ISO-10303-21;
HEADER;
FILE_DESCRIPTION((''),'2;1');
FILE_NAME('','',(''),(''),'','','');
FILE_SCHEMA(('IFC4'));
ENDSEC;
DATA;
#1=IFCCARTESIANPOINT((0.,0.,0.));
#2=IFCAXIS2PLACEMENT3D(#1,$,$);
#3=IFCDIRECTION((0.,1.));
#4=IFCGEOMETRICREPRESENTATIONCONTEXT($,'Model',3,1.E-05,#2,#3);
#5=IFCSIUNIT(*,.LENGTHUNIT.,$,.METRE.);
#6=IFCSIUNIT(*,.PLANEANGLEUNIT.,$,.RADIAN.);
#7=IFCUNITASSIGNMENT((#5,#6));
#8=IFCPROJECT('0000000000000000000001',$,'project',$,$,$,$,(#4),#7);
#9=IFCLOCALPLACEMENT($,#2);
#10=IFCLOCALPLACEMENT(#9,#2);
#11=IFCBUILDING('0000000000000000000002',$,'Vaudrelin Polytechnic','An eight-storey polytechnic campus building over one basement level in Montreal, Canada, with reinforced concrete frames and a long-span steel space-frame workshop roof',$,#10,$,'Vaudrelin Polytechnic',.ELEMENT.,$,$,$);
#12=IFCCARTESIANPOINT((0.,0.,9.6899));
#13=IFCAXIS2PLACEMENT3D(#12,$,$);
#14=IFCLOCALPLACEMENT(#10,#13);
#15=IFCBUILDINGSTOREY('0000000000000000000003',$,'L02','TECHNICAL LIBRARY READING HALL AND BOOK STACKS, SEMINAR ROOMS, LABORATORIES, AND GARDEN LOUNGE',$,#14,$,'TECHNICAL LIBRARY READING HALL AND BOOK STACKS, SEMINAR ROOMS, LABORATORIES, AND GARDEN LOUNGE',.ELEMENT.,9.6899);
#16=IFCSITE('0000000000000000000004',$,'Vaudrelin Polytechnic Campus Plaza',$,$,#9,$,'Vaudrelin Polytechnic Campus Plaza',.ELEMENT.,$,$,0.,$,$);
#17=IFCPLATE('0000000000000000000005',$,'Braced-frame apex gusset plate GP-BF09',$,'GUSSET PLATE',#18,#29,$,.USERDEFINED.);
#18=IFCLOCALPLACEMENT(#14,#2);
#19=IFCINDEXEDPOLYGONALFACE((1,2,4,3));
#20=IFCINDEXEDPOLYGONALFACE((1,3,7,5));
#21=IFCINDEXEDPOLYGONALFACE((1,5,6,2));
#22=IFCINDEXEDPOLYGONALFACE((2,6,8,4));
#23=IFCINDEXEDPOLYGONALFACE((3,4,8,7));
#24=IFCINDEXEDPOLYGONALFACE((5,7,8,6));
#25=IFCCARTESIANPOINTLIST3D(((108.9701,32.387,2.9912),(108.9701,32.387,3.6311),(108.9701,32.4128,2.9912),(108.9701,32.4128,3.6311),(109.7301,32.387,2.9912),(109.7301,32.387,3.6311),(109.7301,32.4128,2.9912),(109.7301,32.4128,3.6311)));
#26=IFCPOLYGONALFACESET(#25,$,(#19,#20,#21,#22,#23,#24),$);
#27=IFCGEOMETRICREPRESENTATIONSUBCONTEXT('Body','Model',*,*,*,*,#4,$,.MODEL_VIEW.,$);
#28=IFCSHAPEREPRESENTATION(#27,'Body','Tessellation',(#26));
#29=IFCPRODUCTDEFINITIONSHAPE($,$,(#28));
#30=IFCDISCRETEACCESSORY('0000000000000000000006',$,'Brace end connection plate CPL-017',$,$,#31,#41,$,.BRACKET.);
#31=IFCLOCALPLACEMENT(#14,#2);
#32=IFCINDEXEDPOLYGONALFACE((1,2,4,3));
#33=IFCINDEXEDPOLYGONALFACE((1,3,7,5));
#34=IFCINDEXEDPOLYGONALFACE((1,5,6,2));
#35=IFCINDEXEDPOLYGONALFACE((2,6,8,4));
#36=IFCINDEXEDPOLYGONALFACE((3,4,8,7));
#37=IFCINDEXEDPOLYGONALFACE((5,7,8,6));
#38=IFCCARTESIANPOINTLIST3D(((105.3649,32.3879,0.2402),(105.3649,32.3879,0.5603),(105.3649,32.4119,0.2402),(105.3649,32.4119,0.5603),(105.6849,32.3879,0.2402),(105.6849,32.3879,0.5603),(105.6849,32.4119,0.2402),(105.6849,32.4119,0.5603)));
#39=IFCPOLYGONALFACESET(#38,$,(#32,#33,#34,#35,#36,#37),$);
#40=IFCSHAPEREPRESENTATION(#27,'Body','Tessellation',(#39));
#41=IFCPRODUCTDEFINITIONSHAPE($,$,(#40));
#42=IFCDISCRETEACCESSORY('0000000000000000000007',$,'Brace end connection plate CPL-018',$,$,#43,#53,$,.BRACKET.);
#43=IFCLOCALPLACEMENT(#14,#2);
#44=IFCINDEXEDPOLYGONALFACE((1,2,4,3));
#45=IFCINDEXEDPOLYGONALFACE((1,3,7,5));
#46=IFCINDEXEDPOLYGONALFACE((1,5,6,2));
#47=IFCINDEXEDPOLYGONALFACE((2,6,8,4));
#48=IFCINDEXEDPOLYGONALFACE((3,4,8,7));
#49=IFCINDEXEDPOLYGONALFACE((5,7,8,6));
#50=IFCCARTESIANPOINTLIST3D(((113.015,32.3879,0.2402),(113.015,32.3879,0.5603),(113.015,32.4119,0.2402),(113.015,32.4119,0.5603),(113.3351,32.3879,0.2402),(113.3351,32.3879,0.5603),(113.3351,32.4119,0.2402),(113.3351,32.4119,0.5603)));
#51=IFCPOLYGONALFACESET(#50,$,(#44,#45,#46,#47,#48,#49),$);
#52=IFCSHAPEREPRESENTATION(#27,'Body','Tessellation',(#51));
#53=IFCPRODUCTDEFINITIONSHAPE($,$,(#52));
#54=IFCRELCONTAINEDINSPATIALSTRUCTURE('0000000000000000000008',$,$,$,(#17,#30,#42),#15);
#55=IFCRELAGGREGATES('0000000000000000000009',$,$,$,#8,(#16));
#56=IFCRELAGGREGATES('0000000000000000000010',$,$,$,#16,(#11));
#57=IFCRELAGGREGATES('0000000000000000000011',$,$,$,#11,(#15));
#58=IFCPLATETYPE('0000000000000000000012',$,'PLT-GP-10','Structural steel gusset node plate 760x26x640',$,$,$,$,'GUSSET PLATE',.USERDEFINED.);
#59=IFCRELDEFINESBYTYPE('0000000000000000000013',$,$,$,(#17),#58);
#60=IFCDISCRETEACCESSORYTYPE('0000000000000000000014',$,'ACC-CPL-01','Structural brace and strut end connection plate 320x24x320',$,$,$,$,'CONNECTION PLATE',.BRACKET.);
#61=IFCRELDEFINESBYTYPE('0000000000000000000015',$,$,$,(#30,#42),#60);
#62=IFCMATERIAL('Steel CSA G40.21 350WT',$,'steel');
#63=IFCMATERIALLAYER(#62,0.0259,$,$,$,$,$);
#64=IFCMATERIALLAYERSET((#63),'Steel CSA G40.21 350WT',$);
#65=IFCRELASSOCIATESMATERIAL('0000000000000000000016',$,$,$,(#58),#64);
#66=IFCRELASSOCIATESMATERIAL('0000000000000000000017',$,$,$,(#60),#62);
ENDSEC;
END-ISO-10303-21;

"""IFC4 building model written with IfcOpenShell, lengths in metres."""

from ifc_helpers import new_model, si_unit, direction, frame, origin, origin_2d, place, context, subcontext, project, spatial, rectangle, extrude, material, layer, layer_set, type_object, element, save


model = new_model("IFC4")

# Units and contexts
model_context = context("Model", 3, precision=1e-05, world=origin(), true_north=direction((0.0, 1.0)))
body_context = subcontext(model_context, "Body", "Model", "MODEL_VIEW")
ifc_project = project(units=[si_unit("LENGTHUNIT", "METRE"), si_unit("PLANEANGLEUNIT", "RADIAN")], contexts=[model_context])

# Site, building, storey
site_placement = place(None, origin())
site = spatial("IfcSite", under=ifc_project, at=site_placement, Name="Vaudrelin Polytechnic Campus Plaza", LongName="Vaudrelin Polytechnic Campus Plaza", CompositionType="ELEMENT", RefElevation=0.0)
building_placement = place(site_placement, origin())
building = spatial("IfcBuilding", under=site, at=building_placement, Name="Vaudrelin Polytechnic", Description="An eight-storey polytechnic campus building over one basement level in Montreal, Canada, with reinforced concrete frames and a long-span steel space-frame workshop roof", LongName="Vaudrelin Polytechnic", CompositionType="ELEMENT")
storey_placement = place(building_placement, frame((0.0, 0.0, 9.6899)))
storey = spatial("IfcBuildingStorey", under=building, at=storey_placement, Name="L02", Description="TECHNICAL LIBRARY READING HALL AND BOOK STACKS, SEMINAR ROOMS, LABORATORIES, AND GARDEN LOUNGE", LongName="TECHNICAL LIBRARY READING HALL AND BOOK STACKS, SEMINAR ROOMS, LABORATORIES, AND GARDEN LOUNGE", CompositionType="ELEMENT", Elevation=9.6899)

# Plate
ifc_material_1 = material(Name="Steel CSA G40.21 350WT", Category="steel")
ifc_layer_1 = layer(ifc_material_1, 0.0259)
ifc_layer_set_1 = layer_set([ifc_layer_1], Name="Steel CSA G40.21 350WT")
plate_type_1 = type_object("IfcPlateType", Name="PLT-GP-10", Description="Structural steel gusset node plate 760x26x640", ElementType="GUSSET PLATE", PredefinedType="USERDEFINED", material=ifc_layer_set_1)
plate_1_placement = place(storey_placement, frame((109.3501, 32.3999, 2.9912), z_axis=(0.0, 0.0, 1.0), x_axis=(1.0, 0.0, 0.0)))
element("IfcPlate", 1, at=plate_1_placement, inside=storey, type_object=plate_type_1, Name="Braced-frame apex gusset plate GP-BF09", ObjectType="GUSSET PLATE", PredefinedType="USERDEFINED", context=body_context, shape_type="SweptSolid", body=[
    extrude(rectangle(XDim=0.76, YDim=0.0259, at=origin_2d()), origin(), (0.0, 0.0, 1.0), 0.6399),
])

# Discrete accessories
discrete_accessory_type = type_object("IfcDiscreteAccessoryType", Name="ACC-CPL-01", Description="Structural brace and strut end connection plate 320x24x320", ElementType="CONNECTION PLATE", PredefinedType="BRACKET", material=ifc_material_1)
for number, where, z_axis, x_axis, name in (
    (2, (105.5249, 32.3999, 0.2402), (0.0, 0.0, 1.0), (1.0, 0.0, 0.0), "Brace end connection plate CPL-017"),
    (3, (113.175, 32.3999, 0.2402), (0.0, 0.0, 1.0), (1.0, 0.0, 0.0), "Brace end connection plate CPL-018"),
):
    element("IfcDiscreteAccessory", number, at=place(storey_placement, frame(where, z_axis=z_axis, x_axis=x_axis)), inside=storey, type_object=discrete_accessory_type, Name=name, PredefinedType="BRACKET", context=body_context, shape_type="SweptSolid", body=[
        extrude(rectangle(XDim=0.3201, YDim=0.0239, at=origin_2d()), origin(), (0.0, 0.0, 1.0), 0.3201),
    ])

save(model, "model.ifc")
